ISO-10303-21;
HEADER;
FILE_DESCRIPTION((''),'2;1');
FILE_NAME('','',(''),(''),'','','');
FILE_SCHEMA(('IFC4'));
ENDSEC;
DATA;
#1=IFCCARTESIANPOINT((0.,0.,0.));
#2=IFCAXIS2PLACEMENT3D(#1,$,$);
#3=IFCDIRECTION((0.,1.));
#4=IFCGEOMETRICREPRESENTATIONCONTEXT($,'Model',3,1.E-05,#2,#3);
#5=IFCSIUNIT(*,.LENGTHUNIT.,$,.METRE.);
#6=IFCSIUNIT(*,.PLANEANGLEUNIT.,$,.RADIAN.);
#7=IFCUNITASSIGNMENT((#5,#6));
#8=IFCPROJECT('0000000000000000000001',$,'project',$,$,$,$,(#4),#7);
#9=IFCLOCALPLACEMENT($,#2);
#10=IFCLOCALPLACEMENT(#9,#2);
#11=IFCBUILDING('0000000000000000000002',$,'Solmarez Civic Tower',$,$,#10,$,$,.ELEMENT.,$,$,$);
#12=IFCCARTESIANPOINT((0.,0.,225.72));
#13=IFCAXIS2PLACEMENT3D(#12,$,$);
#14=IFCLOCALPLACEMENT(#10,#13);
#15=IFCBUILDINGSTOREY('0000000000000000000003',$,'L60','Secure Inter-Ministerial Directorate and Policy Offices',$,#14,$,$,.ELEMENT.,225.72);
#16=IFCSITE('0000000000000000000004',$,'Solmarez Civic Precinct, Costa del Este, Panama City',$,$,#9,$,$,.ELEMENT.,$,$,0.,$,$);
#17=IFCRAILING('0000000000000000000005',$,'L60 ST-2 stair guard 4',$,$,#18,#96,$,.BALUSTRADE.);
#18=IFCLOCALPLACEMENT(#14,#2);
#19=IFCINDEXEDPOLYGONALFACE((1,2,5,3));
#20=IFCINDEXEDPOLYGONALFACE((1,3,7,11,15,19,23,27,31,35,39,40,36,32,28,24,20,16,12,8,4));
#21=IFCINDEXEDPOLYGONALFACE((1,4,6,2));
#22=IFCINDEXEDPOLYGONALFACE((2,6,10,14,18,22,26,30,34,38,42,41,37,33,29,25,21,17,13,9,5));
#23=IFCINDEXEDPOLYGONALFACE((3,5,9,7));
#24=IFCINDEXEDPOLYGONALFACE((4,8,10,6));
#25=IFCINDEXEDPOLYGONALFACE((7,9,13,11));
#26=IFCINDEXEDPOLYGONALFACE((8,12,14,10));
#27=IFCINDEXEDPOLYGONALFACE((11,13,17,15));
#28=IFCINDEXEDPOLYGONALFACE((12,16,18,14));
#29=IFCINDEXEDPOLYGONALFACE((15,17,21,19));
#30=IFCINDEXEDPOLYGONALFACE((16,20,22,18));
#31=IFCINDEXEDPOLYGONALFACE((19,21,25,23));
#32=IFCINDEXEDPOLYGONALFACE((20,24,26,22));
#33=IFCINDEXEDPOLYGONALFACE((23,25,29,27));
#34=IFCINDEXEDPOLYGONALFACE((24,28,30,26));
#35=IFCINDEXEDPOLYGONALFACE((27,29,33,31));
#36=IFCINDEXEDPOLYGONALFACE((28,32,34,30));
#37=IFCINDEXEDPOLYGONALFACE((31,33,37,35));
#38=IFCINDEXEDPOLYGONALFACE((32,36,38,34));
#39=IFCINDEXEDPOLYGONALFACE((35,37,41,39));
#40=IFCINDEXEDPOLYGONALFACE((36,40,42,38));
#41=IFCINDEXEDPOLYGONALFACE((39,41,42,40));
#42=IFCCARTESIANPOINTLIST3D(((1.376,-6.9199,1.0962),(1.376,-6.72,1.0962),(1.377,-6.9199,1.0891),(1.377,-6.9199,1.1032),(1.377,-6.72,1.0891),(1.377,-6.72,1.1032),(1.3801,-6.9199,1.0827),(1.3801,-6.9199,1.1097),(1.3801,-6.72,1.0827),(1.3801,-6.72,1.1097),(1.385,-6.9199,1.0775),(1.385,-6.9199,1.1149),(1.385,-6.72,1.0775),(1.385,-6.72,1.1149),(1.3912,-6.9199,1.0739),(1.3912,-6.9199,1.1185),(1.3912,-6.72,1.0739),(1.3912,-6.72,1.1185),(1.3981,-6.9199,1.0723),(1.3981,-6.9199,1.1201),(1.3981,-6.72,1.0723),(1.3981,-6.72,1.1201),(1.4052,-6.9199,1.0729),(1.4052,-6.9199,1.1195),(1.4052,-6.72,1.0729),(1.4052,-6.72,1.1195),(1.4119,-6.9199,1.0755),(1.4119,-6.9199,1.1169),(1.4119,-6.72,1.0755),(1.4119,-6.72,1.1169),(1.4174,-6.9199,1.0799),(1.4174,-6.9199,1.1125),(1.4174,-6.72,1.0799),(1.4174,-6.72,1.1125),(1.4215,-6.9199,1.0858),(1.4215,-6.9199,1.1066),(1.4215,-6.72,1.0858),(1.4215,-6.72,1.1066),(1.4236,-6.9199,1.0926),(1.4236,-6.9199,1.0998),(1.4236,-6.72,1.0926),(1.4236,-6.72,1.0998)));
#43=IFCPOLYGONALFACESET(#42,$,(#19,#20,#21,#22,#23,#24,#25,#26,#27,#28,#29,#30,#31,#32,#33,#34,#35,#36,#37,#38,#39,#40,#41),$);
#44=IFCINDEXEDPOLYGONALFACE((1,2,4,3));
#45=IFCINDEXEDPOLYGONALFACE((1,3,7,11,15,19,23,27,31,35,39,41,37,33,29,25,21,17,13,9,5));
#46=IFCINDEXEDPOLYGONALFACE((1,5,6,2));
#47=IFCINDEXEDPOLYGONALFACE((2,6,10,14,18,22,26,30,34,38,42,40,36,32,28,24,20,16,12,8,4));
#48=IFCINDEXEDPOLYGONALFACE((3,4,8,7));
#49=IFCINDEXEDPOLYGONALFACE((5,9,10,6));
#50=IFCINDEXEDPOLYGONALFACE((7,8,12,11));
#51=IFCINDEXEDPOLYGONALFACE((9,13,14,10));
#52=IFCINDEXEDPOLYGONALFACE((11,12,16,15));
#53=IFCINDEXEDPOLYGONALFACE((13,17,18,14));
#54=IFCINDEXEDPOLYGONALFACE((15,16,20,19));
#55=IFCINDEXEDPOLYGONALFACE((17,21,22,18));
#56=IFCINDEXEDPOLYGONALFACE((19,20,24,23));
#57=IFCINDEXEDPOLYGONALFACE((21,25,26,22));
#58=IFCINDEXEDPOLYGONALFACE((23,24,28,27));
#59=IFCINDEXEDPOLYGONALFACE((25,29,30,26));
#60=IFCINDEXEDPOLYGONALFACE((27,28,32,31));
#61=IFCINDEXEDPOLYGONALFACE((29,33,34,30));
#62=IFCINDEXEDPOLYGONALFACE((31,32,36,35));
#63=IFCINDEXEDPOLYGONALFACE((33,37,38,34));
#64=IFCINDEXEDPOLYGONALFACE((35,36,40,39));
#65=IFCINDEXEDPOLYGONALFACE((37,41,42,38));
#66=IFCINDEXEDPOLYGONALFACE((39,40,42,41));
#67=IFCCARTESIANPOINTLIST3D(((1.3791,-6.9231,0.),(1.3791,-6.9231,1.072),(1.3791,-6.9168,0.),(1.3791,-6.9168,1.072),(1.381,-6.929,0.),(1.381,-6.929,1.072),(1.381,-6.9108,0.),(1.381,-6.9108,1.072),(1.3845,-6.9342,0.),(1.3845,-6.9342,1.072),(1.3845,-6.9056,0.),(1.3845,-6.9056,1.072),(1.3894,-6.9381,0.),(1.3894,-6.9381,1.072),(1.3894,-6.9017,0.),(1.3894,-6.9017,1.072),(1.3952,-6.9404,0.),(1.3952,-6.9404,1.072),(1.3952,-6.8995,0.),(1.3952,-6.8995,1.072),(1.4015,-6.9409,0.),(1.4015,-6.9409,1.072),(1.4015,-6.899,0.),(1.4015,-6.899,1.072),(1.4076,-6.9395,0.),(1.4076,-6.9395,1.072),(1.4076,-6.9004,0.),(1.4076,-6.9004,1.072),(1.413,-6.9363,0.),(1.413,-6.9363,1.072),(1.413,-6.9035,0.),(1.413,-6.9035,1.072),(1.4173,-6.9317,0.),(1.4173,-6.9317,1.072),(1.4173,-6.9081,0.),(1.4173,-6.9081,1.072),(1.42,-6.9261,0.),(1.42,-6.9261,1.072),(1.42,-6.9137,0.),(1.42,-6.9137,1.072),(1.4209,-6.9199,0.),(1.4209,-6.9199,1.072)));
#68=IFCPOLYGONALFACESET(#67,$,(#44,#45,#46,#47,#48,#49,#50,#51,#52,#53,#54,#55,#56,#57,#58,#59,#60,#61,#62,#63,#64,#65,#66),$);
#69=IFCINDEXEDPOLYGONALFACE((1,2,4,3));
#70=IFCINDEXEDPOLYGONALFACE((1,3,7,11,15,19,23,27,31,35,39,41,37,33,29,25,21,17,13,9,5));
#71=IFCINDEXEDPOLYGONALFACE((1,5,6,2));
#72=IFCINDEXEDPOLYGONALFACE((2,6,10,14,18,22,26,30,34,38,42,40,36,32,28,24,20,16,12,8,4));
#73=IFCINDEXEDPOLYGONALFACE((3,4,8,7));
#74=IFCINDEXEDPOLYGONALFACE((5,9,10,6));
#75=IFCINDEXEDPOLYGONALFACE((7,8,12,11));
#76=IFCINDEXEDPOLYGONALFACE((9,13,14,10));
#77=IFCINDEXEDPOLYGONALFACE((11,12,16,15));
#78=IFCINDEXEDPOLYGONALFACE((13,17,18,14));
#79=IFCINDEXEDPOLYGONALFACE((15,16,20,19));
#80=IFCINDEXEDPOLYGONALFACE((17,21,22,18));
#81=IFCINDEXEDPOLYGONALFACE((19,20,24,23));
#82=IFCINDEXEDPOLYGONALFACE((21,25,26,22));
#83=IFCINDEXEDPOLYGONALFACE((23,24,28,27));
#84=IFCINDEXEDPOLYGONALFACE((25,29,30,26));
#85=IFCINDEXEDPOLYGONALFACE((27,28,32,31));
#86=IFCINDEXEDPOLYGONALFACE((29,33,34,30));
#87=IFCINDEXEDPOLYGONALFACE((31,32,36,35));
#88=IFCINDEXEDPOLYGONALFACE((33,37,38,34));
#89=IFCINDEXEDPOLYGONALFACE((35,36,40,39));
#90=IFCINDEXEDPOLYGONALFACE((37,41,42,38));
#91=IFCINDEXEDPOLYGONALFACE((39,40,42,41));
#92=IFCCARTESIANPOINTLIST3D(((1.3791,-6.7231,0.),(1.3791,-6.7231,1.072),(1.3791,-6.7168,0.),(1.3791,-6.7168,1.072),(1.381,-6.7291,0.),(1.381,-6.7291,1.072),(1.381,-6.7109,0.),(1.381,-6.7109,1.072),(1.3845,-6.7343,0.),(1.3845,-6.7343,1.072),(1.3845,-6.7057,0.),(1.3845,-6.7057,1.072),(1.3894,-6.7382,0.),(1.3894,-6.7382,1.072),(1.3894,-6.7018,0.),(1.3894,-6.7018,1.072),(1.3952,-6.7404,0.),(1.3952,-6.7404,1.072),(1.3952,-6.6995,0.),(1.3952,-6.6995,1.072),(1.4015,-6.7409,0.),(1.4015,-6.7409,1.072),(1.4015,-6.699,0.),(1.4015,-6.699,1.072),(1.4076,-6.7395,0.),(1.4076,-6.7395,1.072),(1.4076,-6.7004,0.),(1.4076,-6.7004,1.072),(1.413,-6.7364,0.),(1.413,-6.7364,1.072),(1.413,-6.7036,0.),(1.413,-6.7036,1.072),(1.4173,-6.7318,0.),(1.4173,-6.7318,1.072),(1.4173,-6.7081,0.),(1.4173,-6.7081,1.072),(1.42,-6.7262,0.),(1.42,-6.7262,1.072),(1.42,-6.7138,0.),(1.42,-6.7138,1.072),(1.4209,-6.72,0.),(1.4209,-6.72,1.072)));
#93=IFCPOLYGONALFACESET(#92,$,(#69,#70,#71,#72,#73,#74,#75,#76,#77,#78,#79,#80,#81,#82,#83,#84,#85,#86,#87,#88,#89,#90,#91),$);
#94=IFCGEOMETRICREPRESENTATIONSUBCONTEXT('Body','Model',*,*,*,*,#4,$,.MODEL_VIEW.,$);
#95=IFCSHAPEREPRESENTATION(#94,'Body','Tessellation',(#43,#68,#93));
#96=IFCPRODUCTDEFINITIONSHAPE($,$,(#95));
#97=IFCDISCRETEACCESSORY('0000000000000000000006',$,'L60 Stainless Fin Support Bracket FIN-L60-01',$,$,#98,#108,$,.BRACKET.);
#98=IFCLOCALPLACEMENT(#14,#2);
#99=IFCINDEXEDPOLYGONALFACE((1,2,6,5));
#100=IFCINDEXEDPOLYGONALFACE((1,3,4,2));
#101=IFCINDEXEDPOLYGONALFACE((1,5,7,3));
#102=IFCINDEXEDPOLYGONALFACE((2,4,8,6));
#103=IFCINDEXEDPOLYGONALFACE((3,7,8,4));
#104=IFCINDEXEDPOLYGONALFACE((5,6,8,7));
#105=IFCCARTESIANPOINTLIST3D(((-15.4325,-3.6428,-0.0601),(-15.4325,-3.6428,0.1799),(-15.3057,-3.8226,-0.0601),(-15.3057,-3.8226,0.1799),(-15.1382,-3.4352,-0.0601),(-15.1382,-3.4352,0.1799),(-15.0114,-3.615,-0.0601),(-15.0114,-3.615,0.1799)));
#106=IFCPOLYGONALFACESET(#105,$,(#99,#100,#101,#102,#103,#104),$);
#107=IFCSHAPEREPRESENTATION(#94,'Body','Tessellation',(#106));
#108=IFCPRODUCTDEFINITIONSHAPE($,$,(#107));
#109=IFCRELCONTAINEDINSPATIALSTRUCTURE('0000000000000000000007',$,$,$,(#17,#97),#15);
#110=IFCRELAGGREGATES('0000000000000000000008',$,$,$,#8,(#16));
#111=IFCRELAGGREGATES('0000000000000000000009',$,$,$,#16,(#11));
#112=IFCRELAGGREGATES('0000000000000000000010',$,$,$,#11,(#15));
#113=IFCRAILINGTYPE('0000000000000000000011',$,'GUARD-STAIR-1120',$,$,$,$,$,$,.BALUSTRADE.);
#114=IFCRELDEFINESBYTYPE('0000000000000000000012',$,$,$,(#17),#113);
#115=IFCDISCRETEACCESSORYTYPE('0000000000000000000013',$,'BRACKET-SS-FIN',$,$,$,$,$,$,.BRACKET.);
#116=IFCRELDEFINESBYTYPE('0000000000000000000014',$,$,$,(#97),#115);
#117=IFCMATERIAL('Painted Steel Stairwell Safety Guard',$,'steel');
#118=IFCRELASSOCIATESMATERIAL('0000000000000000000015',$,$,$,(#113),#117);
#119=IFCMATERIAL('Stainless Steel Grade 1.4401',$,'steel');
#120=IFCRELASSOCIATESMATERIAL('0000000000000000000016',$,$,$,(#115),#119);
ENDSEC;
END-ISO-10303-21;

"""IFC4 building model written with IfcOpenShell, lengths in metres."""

from ifc_helpers import new_model, si_unit, direction, frame, origin, origin_2d, place, context, subcontext, project, spatial, rectangle, circle, extrude, material, type_object, element, save


model = new_model("IFC4")

# Units and contexts
model_context = context("Model", 3, precision=1e-05, world=origin(), true_north=direction((0.0, 1.0)))
body_context = subcontext(model_context, "Body", "Model", "MODEL_VIEW")
ifc_project = project(units=[si_unit("LENGTHUNIT", "METRE"), si_unit("PLANEANGLEUNIT", "RADIAN")], contexts=[model_context])

# Site, building, storey
site_placement = place(None, origin())
site = spatial("IfcSite", under=ifc_project, at=site_placement, Name="Solmarez Civic Precinct, Costa del Este, Panama City", CompositionType="ELEMENT", RefElevation=0.0)
building_placement = place(site_placement, origin())
building = spatial("IfcBuilding", under=site, at=building_placement, Name="Solmarez Civic Tower", CompositionType="ELEMENT")
storey_placement = place(building_placement, frame((0.0, 0.0, 225.72)))
storey = spatial("IfcBuildingStorey", under=building, at=storey_placement, Name="L60", Description="Secure Inter-Ministerial Directorate and Policy Offices", CompositionType="ELEMENT", Elevation=225.72)

# Railing
ifc_material_1 = material(Name="Painted Steel Stairwell Safety Guard", Category="steel")
railing_type = type_object("IfcRailingType", Name="GUARD-STAIR-1120", PredefinedType="BALUSTRADE", material=ifc_material_1)
railing_placement = place(storey_placement, frame((1.3999, -6.9199, 0.0)))
element("IfcRailing", 1, at=railing_placement, inside=storey, type_object=railing_type, Name="L60 ST-2 stair guard 4", PredefinedType="BALUSTRADE", context=body_context, shape_type="SweptSolid", body=[
    extrude(circle(Radius=0.0239, at=origin_2d()), frame((0.0, 0.0, 1.0962), z_axis=(0.0, 1.0, 0.0), x_axis=(-1.0, 0.0, 0.0)), (0.0, 0.0, 1.0), 0.2),
    extrude(circle(Radius=0.021, at=origin_2d()), origin(), (0.0, 0.0, 1.0), 1.072),
    extrude(circle(Radius=0.021, at=origin_2d()), frame((0.0, 0.2, 0.0)), (0.0, 0.0, 1.0), 1.072),
])

# Discrete accessory
ifc_material_2 = material(Name="Stainless Steel Grade 1.4401", Category="steel")
discrete_accessory_type = type_object("IfcDiscreteAccessoryType", Name="BRACKET-SS-FIN", PredefinedType="BRACKET", material=ifc_material_2)
discrete_accessory_placement = place(storey_placement, frame((-15.2219, -3.6289, -0.0601), z_axis=(0.0, 0.0, 1.0), x_axis=(-0.817158, -0.576413, 0.0)))
element("IfcDiscreteAccessory", 2, at=discrete_accessory_placement, inside=storey, type_object=discrete_accessory_type, Name="L60 Stainless Fin Support Bracket FIN-L60-01", PredefinedType="BRACKET", context=body_context, shape_type="SweptSolid", body=[
    extrude(rectangle(XDim=0.3601, YDim=0.22, at=origin_2d()), origin(), (0.0, 0.0, 1.0), 0.24),
])

save(model, "model.ifc")
